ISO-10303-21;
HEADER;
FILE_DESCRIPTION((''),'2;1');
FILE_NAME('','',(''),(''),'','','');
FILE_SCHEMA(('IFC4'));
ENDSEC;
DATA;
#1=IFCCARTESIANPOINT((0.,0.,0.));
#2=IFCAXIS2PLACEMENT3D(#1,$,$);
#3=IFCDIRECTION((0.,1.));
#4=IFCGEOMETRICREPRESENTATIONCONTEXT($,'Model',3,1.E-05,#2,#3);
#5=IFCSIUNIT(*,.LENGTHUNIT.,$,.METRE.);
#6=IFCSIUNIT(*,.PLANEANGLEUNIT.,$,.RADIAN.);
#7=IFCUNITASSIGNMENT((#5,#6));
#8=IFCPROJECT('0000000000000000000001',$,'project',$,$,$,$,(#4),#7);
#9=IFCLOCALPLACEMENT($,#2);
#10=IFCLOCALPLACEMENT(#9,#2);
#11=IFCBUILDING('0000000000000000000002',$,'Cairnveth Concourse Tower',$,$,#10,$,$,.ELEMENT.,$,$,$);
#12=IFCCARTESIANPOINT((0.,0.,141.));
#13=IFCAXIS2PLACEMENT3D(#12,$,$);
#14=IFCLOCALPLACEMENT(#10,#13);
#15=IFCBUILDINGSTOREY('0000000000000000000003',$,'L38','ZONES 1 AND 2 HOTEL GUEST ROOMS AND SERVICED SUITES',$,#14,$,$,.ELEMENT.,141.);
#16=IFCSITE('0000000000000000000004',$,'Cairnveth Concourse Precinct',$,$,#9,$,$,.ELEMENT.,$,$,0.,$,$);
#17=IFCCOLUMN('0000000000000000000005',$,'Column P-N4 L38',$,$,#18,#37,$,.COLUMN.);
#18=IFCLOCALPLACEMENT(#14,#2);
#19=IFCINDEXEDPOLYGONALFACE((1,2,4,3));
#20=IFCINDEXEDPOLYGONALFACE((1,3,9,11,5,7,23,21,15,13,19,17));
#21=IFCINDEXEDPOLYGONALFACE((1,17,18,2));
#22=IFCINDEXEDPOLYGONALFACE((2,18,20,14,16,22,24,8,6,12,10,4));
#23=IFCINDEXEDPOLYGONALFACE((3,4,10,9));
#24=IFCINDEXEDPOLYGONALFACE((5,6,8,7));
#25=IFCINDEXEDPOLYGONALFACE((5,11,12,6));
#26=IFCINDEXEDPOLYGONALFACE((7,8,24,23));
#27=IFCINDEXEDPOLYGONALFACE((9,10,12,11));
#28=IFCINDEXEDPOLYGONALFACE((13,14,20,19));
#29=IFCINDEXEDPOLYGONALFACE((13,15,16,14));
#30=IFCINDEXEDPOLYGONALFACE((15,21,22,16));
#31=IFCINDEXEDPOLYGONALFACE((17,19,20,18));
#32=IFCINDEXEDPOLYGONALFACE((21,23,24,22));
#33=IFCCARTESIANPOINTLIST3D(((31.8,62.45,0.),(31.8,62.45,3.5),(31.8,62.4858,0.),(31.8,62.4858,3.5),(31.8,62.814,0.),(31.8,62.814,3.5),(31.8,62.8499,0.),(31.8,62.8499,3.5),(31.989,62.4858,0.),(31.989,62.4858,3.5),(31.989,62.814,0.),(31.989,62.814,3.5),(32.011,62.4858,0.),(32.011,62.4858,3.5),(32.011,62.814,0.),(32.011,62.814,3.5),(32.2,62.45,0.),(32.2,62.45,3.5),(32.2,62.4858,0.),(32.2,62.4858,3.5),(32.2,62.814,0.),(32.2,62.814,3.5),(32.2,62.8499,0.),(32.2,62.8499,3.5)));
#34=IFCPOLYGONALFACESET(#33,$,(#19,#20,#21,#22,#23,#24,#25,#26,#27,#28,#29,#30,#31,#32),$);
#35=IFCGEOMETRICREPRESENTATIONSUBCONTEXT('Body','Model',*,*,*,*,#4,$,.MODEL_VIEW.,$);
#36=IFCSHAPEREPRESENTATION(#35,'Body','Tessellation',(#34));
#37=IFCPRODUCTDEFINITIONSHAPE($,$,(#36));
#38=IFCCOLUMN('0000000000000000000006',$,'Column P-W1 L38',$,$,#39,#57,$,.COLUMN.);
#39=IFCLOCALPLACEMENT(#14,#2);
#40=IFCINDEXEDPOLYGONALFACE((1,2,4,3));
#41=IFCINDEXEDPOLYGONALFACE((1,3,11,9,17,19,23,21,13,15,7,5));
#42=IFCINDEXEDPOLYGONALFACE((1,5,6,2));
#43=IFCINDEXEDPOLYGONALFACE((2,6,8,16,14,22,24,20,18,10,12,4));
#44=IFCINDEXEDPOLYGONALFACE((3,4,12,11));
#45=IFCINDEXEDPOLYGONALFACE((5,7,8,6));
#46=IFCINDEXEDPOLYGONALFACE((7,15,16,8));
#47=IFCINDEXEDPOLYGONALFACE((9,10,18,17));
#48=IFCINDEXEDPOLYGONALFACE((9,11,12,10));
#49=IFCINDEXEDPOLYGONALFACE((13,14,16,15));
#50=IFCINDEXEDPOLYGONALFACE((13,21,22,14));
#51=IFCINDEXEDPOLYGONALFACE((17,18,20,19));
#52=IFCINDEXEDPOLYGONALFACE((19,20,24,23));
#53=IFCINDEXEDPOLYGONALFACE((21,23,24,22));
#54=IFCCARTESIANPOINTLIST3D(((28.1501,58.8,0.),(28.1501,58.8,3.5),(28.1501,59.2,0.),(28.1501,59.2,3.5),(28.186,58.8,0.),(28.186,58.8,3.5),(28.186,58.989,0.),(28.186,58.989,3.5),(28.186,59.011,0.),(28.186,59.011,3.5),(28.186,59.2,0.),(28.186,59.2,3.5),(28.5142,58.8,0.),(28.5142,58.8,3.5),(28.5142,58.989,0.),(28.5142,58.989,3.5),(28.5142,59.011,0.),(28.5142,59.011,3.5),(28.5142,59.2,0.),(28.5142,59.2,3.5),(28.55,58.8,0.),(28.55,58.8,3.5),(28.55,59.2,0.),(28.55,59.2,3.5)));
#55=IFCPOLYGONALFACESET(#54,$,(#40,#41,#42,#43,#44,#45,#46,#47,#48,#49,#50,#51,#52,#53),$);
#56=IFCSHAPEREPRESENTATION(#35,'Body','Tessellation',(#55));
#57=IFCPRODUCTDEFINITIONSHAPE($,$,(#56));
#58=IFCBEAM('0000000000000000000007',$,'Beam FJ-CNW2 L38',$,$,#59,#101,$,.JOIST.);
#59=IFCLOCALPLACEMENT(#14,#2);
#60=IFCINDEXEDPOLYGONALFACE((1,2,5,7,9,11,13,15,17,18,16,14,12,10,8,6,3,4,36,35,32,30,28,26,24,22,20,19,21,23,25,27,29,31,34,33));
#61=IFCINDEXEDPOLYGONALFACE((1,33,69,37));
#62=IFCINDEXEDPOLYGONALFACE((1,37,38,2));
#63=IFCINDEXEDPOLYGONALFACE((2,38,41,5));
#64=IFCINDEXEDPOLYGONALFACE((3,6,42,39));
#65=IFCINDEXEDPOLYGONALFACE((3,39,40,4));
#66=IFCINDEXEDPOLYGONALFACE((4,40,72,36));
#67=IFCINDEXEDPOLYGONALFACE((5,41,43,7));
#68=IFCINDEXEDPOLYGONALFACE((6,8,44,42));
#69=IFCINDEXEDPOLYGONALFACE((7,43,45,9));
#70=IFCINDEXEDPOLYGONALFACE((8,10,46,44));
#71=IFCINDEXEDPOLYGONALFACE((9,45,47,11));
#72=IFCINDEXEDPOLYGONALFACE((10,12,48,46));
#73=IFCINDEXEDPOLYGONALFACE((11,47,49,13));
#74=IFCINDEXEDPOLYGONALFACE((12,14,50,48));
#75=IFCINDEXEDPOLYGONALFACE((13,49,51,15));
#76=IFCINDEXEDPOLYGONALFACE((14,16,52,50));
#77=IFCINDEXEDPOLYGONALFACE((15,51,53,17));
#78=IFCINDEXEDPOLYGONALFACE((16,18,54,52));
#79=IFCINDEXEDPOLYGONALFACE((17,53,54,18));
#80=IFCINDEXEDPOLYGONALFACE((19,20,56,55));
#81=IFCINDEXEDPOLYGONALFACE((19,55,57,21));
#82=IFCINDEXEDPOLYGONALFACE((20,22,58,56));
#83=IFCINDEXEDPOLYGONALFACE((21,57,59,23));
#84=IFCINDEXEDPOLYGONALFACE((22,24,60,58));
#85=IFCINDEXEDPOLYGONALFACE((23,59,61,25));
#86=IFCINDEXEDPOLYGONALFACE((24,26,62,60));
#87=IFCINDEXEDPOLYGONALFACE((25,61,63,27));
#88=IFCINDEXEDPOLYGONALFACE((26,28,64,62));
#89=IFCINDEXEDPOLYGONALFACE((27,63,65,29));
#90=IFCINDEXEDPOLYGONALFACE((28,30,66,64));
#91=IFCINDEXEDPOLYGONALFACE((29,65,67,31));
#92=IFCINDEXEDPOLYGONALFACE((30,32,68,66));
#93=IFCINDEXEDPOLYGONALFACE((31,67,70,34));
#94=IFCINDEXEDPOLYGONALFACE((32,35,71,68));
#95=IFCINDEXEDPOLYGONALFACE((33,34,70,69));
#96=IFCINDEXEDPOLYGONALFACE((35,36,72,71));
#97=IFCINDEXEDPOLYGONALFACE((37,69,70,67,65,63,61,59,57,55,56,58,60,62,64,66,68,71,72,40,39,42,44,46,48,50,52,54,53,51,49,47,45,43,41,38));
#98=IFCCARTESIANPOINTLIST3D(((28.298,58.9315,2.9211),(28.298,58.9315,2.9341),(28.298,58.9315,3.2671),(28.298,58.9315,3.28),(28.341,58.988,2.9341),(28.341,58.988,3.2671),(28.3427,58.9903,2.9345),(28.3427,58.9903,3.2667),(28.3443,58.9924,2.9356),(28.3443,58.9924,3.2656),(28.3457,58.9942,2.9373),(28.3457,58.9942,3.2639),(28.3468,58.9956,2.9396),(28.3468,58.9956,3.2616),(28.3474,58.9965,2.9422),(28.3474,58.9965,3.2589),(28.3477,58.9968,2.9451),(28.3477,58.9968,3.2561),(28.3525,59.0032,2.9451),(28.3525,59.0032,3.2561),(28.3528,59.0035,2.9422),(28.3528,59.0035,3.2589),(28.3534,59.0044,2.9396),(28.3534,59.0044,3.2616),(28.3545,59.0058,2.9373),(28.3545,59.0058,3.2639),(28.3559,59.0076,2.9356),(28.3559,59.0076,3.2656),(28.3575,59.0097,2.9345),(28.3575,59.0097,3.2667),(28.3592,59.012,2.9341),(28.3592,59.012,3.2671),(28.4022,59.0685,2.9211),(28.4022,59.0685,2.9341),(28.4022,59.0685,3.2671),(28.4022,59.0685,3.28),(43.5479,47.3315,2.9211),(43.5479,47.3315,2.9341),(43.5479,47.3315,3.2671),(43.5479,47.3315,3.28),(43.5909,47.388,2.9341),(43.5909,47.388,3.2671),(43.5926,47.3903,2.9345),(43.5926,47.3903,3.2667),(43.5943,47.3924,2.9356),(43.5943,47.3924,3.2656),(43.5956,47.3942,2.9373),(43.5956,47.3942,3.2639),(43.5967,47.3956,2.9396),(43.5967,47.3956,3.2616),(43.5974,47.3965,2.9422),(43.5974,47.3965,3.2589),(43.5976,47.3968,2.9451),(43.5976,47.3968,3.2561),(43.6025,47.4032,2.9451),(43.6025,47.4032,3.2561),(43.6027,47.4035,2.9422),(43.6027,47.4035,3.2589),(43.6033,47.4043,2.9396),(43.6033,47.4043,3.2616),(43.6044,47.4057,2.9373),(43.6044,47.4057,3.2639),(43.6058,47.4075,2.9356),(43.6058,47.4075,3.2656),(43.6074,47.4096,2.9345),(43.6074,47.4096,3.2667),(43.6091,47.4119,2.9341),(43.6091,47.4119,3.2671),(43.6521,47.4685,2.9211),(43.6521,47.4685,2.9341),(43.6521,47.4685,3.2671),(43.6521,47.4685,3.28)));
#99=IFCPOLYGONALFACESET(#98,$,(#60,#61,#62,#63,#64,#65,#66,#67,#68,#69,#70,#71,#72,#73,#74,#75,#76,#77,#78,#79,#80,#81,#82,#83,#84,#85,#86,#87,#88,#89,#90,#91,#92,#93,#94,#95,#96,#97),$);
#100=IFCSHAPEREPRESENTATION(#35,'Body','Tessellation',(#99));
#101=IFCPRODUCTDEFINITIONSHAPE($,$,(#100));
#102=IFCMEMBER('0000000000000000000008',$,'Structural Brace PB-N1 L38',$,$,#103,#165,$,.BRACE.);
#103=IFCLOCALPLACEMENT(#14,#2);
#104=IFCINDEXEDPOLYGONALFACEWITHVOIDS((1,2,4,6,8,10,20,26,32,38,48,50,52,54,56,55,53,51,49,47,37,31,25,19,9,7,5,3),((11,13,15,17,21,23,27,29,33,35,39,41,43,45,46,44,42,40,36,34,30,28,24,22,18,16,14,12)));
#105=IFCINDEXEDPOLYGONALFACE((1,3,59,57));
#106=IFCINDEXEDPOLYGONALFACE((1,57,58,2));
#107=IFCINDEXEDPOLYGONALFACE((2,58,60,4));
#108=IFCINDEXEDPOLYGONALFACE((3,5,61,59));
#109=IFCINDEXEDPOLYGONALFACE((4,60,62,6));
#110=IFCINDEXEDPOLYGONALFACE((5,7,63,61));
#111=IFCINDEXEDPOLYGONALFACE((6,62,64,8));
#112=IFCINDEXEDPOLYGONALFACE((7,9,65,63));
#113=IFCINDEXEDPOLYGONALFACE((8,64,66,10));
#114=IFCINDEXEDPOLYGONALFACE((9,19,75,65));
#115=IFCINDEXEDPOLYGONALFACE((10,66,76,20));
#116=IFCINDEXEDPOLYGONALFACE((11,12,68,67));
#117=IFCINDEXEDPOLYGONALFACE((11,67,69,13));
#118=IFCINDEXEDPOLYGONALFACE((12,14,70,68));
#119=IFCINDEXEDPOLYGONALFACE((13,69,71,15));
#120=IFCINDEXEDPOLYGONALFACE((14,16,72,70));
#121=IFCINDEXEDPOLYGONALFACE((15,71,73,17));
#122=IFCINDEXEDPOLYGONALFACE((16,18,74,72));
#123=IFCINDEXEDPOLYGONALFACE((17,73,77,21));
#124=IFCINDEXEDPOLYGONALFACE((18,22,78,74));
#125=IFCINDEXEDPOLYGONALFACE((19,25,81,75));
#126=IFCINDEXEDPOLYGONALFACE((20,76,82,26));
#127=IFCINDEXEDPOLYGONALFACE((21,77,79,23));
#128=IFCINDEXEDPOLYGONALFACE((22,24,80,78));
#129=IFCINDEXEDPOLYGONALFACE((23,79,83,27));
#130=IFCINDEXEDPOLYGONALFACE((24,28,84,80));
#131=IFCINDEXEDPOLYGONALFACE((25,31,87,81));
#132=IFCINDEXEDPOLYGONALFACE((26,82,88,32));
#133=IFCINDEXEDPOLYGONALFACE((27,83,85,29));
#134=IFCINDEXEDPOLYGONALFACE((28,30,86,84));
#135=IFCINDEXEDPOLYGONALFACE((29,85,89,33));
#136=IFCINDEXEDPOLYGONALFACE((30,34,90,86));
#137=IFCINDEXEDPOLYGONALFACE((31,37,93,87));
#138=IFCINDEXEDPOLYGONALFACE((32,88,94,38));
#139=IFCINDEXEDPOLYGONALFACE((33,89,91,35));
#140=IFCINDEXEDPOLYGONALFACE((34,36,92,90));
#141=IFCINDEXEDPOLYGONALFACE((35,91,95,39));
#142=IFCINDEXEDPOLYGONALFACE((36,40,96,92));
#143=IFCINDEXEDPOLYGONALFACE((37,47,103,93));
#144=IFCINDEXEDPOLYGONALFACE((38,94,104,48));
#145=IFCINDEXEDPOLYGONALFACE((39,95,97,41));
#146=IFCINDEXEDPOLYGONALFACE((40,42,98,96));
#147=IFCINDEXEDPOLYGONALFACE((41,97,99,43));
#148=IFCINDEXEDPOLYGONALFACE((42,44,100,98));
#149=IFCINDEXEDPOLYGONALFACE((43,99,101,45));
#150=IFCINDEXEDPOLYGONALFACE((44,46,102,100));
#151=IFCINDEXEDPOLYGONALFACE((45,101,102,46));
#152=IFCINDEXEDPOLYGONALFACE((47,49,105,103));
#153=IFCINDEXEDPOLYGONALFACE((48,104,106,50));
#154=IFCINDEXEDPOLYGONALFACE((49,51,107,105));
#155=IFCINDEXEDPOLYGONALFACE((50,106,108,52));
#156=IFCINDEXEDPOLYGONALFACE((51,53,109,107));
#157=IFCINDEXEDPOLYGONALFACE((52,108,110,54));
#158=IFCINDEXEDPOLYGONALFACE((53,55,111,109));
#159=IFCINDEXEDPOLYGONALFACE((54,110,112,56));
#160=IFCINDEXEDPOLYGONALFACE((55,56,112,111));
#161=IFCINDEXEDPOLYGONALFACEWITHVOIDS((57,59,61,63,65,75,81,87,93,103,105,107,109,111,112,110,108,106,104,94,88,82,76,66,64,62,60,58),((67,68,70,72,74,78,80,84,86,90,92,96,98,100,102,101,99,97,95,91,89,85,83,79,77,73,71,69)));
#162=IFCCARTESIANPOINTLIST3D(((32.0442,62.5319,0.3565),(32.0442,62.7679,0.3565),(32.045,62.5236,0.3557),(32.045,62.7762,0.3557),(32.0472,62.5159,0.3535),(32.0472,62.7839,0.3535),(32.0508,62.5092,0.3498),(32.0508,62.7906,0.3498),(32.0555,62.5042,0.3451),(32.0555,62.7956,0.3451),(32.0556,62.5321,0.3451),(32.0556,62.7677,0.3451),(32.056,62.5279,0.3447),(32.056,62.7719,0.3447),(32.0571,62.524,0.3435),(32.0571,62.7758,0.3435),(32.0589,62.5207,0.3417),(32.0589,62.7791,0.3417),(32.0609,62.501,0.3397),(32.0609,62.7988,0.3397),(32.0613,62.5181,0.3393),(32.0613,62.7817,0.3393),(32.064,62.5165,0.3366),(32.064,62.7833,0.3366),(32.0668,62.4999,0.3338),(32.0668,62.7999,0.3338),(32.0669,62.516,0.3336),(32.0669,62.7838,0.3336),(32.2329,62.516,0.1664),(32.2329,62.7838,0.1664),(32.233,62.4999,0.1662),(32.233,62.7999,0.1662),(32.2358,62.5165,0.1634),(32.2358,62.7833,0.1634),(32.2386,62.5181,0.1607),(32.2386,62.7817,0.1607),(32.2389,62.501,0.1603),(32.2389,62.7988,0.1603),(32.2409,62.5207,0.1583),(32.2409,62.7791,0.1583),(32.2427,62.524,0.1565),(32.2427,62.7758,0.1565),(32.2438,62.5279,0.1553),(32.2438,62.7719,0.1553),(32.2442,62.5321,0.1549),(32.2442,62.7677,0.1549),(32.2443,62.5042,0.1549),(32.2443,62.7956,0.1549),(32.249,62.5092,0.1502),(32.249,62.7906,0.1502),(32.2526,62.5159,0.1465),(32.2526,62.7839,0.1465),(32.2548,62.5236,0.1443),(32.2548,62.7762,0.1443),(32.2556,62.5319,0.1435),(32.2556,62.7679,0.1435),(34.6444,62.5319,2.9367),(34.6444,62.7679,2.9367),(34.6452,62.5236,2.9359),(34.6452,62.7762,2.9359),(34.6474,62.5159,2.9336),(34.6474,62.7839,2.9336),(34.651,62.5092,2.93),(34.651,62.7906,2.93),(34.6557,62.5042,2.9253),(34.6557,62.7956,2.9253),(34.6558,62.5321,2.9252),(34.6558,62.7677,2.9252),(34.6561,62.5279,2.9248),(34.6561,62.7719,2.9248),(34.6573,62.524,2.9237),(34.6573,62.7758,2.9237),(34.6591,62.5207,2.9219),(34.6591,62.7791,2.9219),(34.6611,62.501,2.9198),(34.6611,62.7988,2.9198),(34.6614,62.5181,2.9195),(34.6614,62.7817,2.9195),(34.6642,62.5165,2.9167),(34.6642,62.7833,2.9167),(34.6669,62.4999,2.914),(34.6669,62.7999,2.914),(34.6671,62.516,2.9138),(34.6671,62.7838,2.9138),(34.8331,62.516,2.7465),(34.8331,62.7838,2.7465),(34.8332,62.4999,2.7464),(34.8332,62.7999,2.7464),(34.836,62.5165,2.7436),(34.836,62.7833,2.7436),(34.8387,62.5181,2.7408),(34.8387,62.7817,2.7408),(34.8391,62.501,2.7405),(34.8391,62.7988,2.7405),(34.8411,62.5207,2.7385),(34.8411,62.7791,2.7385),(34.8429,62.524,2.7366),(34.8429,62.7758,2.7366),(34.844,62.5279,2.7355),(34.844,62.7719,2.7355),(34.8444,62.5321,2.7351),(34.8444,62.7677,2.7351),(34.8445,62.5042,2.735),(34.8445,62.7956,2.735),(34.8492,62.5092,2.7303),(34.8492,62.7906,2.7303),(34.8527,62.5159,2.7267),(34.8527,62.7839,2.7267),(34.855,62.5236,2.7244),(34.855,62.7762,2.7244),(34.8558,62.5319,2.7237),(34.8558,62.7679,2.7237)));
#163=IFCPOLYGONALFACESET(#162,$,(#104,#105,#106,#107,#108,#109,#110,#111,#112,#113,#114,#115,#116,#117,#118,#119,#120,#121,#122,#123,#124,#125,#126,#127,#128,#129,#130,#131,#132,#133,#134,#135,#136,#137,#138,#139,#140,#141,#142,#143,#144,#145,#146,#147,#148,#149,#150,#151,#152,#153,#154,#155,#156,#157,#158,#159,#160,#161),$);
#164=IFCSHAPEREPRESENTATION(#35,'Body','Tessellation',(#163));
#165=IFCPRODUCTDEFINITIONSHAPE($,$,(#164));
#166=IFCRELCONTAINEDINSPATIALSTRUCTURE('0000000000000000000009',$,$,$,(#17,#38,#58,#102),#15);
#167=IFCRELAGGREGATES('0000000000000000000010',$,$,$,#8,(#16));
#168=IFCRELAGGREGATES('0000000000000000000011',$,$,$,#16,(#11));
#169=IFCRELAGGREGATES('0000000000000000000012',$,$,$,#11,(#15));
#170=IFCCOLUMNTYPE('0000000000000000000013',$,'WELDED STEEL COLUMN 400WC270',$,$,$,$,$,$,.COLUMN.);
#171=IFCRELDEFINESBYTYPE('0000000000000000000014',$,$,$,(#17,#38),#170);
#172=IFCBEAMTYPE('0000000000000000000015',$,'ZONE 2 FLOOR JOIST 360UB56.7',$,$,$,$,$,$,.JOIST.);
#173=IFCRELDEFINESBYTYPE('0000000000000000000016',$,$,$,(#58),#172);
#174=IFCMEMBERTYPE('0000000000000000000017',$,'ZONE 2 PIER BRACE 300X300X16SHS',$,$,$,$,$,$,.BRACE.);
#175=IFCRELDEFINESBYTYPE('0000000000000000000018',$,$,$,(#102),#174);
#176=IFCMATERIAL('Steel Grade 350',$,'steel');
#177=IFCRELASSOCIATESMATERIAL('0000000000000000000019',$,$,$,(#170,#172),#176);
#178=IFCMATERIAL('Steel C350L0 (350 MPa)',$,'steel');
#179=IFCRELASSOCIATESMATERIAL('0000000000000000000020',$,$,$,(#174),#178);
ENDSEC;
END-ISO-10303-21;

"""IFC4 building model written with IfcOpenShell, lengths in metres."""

from ifc_helpers import new_model, si_unit, direction, frame, origin, origin_2d, place, context, subcontext, project, spatial, hollow_rectangle, i_section, extrude, material, material_profile, profile_set, type_object, element, save


model = new_model("IFC4")

# Units and contexts
model_context = context("Model", 3, precision=1e-05, world=origin(), true_north=direction((0.0, 1.0)))
body_context = subcontext(model_context, "Body", "Model", "MODEL_VIEW")
ifc_project = project(units=[si_unit("LENGTHUNIT", "METRE"), si_unit("PLANEANGLEUNIT", "RADIAN")], contexts=[model_context])

# Site, building, storey
site_placement = place(None, origin())
site = spatial("IfcSite", under=ifc_project, at=site_placement, Name="Cairnveth Concourse Precinct", CompositionType="ELEMENT", RefElevation=0.0)
building_placement = place(site_placement, origin())
building = spatial("IfcBuilding", under=site, at=building_placement, Name="Cairnveth Concourse Tower", CompositionType="ELEMENT")
storey_placement = place(building_placement, frame((0.0, 0.0, 141.0)))
storey = spatial("IfcBuildingStorey", under=building, at=storey_placement, Name="L38", Description="ZONES 1 AND 2 HOTEL GUEST ROOMS AND SERVICED SUITES", CompositionType="ELEMENT", Elevation=141.0)

# Columns
ifc_material_1 = material(Name="Steel Grade 350", Category="steel")
ifc_material_profile_1 = material_profile(ifc_material_1, i_section(OverallWidth=0.3999, OverallDepth=0.3999, WebThickness=0.022, FlangeThickness=0.0359, at=origin_2d()), Name="400WC270")
ifc_profile_set_1 = profile_set([ifc_material_profile_1], Name="Steel Grade 350")
column_type = type_object("IfcColumnType", Name="WELDED STEEL COLUMN 400WC270", PredefinedType="COLUMN", material=ifc_profile_set_1)
for number, where, z_axis, x_axis, name in (
    (1, (32.0, 62.6499, 0.0), (0.0, 0.0, 1.0), (1.0, 0.0, 0.0), "Column P-N4 L38"),
    (2, (28.3501, 59.0, 0.0), (0.0, 0.0, 1.0), (0.0, 1.0, 0.0), "Column P-W1 L38"),
):
    element("IfcColumn", number, at=place(storey_placement, frame(where, z_axis=z_axis, x_axis=x_axis)), inside=storey, type_object=column_type, Name=name, PredefinedType="COLUMN", context=body_context, shape_type="SweptSolid", body=[
        extrude(i_section(OverallWidth=0.3999, OverallDepth=0.3999, WebThickness=0.022, FlangeThickness=0.0359, at=origin_2d()), origin(), (0.0, 0.0, 1.0), 3.5),
    ])

# Beam
ifc_material_profile_2 = material_profile(ifc_material_1, i_section(OverallWidth=0.1721, OverallDepth=0.3589, WebThickness=0.0081, FlangeThickness=0.0129, FilletRadius=0.011, at=origin_2d()), Name="360UB56.7")
ifc_profile_set_2 = profile_set([ifc_material_profile_2], Name="Steel Grade 350")
beam_type_1 = type_object("IfcBeamType", Name="ZONE 2 FLOOR JOIST 360UB56.7", PredefinedType="JOIST", material=ifc_profile_set_2)
beam_1_placement = place(storey_placement, frame((28.3501, 59.0, 3.1006), z_axis=(0.795908, -0.605417, 0.0), x_axis=(0.605417, 0.795908, 0.0)))
element("IfcBeam", 3, at=beam_1_placement, inside=storey, type_object=beam_type_1, Name="Beam FJ-CNW2 L38", PredefinedType="JOIST", context=body_context, shape_type="SweptSolid", body=[
    extrude(i_section(OverallWidth=0.1721, OverallDepth=0.3589, WebThickness=0.0081, FlangeThickness=0.0129, FilletRadius=0.011, at=origin_2d()), origin(), (0.0, 0.0, 1.0), 19.1604),
])

# Member
ifc_material_2 = material(Name="Steel C350L0 (350 MPa)", Category="steel")
ifc_material_profile_3 = material_profile(ifc_material_2, hollow_rectangle(XDim=0.3, YDim=0.3, WallThickness=0.0161, InnerFilletRadius=0.0161, OuterFilletRadius=0.032, at=origin_2d()), Name="300x300x16.0SHS")
ifc_profile_set_3 = profile_set([ifc_material_profile_3], Name="Steel C350L0 (350 MPa)")
member_type = type_object("IfcMemberType", Name="ZONE 2 PIER BRACE 300X300X16SHS", PredefinedType="BRACE", material=ifc_profile_set_3)
for number, where, z_axis, x_axis, name in (
    (4, (32.1499, 62.6499, 0.25), (0.709834, 0.0, 0.704369), (0.0, 1.0, 0.0), "Structural Brace PB-N1 L38"),
):
    element("IfcMember", number, at=place(storey_placement, frame(where, z_axis=z_axis, x_axis=x_axis)), inside=storey, type_object=member_type, Name=name, PredefinedType="BRACE", context=body_context, shape_type="SweptSolid", body=[
        extrude(hollow_rectangle(XDim=0.3, YDim=0.3, WallThickness=0.0161, InnerFilletRadius=0.0161, OuterFilletRadius=0.032, at=origin_2d()), origin(), (0.0, 0.0, 1.0), 3.6631),
    ])

save(model, "model.ifc")
